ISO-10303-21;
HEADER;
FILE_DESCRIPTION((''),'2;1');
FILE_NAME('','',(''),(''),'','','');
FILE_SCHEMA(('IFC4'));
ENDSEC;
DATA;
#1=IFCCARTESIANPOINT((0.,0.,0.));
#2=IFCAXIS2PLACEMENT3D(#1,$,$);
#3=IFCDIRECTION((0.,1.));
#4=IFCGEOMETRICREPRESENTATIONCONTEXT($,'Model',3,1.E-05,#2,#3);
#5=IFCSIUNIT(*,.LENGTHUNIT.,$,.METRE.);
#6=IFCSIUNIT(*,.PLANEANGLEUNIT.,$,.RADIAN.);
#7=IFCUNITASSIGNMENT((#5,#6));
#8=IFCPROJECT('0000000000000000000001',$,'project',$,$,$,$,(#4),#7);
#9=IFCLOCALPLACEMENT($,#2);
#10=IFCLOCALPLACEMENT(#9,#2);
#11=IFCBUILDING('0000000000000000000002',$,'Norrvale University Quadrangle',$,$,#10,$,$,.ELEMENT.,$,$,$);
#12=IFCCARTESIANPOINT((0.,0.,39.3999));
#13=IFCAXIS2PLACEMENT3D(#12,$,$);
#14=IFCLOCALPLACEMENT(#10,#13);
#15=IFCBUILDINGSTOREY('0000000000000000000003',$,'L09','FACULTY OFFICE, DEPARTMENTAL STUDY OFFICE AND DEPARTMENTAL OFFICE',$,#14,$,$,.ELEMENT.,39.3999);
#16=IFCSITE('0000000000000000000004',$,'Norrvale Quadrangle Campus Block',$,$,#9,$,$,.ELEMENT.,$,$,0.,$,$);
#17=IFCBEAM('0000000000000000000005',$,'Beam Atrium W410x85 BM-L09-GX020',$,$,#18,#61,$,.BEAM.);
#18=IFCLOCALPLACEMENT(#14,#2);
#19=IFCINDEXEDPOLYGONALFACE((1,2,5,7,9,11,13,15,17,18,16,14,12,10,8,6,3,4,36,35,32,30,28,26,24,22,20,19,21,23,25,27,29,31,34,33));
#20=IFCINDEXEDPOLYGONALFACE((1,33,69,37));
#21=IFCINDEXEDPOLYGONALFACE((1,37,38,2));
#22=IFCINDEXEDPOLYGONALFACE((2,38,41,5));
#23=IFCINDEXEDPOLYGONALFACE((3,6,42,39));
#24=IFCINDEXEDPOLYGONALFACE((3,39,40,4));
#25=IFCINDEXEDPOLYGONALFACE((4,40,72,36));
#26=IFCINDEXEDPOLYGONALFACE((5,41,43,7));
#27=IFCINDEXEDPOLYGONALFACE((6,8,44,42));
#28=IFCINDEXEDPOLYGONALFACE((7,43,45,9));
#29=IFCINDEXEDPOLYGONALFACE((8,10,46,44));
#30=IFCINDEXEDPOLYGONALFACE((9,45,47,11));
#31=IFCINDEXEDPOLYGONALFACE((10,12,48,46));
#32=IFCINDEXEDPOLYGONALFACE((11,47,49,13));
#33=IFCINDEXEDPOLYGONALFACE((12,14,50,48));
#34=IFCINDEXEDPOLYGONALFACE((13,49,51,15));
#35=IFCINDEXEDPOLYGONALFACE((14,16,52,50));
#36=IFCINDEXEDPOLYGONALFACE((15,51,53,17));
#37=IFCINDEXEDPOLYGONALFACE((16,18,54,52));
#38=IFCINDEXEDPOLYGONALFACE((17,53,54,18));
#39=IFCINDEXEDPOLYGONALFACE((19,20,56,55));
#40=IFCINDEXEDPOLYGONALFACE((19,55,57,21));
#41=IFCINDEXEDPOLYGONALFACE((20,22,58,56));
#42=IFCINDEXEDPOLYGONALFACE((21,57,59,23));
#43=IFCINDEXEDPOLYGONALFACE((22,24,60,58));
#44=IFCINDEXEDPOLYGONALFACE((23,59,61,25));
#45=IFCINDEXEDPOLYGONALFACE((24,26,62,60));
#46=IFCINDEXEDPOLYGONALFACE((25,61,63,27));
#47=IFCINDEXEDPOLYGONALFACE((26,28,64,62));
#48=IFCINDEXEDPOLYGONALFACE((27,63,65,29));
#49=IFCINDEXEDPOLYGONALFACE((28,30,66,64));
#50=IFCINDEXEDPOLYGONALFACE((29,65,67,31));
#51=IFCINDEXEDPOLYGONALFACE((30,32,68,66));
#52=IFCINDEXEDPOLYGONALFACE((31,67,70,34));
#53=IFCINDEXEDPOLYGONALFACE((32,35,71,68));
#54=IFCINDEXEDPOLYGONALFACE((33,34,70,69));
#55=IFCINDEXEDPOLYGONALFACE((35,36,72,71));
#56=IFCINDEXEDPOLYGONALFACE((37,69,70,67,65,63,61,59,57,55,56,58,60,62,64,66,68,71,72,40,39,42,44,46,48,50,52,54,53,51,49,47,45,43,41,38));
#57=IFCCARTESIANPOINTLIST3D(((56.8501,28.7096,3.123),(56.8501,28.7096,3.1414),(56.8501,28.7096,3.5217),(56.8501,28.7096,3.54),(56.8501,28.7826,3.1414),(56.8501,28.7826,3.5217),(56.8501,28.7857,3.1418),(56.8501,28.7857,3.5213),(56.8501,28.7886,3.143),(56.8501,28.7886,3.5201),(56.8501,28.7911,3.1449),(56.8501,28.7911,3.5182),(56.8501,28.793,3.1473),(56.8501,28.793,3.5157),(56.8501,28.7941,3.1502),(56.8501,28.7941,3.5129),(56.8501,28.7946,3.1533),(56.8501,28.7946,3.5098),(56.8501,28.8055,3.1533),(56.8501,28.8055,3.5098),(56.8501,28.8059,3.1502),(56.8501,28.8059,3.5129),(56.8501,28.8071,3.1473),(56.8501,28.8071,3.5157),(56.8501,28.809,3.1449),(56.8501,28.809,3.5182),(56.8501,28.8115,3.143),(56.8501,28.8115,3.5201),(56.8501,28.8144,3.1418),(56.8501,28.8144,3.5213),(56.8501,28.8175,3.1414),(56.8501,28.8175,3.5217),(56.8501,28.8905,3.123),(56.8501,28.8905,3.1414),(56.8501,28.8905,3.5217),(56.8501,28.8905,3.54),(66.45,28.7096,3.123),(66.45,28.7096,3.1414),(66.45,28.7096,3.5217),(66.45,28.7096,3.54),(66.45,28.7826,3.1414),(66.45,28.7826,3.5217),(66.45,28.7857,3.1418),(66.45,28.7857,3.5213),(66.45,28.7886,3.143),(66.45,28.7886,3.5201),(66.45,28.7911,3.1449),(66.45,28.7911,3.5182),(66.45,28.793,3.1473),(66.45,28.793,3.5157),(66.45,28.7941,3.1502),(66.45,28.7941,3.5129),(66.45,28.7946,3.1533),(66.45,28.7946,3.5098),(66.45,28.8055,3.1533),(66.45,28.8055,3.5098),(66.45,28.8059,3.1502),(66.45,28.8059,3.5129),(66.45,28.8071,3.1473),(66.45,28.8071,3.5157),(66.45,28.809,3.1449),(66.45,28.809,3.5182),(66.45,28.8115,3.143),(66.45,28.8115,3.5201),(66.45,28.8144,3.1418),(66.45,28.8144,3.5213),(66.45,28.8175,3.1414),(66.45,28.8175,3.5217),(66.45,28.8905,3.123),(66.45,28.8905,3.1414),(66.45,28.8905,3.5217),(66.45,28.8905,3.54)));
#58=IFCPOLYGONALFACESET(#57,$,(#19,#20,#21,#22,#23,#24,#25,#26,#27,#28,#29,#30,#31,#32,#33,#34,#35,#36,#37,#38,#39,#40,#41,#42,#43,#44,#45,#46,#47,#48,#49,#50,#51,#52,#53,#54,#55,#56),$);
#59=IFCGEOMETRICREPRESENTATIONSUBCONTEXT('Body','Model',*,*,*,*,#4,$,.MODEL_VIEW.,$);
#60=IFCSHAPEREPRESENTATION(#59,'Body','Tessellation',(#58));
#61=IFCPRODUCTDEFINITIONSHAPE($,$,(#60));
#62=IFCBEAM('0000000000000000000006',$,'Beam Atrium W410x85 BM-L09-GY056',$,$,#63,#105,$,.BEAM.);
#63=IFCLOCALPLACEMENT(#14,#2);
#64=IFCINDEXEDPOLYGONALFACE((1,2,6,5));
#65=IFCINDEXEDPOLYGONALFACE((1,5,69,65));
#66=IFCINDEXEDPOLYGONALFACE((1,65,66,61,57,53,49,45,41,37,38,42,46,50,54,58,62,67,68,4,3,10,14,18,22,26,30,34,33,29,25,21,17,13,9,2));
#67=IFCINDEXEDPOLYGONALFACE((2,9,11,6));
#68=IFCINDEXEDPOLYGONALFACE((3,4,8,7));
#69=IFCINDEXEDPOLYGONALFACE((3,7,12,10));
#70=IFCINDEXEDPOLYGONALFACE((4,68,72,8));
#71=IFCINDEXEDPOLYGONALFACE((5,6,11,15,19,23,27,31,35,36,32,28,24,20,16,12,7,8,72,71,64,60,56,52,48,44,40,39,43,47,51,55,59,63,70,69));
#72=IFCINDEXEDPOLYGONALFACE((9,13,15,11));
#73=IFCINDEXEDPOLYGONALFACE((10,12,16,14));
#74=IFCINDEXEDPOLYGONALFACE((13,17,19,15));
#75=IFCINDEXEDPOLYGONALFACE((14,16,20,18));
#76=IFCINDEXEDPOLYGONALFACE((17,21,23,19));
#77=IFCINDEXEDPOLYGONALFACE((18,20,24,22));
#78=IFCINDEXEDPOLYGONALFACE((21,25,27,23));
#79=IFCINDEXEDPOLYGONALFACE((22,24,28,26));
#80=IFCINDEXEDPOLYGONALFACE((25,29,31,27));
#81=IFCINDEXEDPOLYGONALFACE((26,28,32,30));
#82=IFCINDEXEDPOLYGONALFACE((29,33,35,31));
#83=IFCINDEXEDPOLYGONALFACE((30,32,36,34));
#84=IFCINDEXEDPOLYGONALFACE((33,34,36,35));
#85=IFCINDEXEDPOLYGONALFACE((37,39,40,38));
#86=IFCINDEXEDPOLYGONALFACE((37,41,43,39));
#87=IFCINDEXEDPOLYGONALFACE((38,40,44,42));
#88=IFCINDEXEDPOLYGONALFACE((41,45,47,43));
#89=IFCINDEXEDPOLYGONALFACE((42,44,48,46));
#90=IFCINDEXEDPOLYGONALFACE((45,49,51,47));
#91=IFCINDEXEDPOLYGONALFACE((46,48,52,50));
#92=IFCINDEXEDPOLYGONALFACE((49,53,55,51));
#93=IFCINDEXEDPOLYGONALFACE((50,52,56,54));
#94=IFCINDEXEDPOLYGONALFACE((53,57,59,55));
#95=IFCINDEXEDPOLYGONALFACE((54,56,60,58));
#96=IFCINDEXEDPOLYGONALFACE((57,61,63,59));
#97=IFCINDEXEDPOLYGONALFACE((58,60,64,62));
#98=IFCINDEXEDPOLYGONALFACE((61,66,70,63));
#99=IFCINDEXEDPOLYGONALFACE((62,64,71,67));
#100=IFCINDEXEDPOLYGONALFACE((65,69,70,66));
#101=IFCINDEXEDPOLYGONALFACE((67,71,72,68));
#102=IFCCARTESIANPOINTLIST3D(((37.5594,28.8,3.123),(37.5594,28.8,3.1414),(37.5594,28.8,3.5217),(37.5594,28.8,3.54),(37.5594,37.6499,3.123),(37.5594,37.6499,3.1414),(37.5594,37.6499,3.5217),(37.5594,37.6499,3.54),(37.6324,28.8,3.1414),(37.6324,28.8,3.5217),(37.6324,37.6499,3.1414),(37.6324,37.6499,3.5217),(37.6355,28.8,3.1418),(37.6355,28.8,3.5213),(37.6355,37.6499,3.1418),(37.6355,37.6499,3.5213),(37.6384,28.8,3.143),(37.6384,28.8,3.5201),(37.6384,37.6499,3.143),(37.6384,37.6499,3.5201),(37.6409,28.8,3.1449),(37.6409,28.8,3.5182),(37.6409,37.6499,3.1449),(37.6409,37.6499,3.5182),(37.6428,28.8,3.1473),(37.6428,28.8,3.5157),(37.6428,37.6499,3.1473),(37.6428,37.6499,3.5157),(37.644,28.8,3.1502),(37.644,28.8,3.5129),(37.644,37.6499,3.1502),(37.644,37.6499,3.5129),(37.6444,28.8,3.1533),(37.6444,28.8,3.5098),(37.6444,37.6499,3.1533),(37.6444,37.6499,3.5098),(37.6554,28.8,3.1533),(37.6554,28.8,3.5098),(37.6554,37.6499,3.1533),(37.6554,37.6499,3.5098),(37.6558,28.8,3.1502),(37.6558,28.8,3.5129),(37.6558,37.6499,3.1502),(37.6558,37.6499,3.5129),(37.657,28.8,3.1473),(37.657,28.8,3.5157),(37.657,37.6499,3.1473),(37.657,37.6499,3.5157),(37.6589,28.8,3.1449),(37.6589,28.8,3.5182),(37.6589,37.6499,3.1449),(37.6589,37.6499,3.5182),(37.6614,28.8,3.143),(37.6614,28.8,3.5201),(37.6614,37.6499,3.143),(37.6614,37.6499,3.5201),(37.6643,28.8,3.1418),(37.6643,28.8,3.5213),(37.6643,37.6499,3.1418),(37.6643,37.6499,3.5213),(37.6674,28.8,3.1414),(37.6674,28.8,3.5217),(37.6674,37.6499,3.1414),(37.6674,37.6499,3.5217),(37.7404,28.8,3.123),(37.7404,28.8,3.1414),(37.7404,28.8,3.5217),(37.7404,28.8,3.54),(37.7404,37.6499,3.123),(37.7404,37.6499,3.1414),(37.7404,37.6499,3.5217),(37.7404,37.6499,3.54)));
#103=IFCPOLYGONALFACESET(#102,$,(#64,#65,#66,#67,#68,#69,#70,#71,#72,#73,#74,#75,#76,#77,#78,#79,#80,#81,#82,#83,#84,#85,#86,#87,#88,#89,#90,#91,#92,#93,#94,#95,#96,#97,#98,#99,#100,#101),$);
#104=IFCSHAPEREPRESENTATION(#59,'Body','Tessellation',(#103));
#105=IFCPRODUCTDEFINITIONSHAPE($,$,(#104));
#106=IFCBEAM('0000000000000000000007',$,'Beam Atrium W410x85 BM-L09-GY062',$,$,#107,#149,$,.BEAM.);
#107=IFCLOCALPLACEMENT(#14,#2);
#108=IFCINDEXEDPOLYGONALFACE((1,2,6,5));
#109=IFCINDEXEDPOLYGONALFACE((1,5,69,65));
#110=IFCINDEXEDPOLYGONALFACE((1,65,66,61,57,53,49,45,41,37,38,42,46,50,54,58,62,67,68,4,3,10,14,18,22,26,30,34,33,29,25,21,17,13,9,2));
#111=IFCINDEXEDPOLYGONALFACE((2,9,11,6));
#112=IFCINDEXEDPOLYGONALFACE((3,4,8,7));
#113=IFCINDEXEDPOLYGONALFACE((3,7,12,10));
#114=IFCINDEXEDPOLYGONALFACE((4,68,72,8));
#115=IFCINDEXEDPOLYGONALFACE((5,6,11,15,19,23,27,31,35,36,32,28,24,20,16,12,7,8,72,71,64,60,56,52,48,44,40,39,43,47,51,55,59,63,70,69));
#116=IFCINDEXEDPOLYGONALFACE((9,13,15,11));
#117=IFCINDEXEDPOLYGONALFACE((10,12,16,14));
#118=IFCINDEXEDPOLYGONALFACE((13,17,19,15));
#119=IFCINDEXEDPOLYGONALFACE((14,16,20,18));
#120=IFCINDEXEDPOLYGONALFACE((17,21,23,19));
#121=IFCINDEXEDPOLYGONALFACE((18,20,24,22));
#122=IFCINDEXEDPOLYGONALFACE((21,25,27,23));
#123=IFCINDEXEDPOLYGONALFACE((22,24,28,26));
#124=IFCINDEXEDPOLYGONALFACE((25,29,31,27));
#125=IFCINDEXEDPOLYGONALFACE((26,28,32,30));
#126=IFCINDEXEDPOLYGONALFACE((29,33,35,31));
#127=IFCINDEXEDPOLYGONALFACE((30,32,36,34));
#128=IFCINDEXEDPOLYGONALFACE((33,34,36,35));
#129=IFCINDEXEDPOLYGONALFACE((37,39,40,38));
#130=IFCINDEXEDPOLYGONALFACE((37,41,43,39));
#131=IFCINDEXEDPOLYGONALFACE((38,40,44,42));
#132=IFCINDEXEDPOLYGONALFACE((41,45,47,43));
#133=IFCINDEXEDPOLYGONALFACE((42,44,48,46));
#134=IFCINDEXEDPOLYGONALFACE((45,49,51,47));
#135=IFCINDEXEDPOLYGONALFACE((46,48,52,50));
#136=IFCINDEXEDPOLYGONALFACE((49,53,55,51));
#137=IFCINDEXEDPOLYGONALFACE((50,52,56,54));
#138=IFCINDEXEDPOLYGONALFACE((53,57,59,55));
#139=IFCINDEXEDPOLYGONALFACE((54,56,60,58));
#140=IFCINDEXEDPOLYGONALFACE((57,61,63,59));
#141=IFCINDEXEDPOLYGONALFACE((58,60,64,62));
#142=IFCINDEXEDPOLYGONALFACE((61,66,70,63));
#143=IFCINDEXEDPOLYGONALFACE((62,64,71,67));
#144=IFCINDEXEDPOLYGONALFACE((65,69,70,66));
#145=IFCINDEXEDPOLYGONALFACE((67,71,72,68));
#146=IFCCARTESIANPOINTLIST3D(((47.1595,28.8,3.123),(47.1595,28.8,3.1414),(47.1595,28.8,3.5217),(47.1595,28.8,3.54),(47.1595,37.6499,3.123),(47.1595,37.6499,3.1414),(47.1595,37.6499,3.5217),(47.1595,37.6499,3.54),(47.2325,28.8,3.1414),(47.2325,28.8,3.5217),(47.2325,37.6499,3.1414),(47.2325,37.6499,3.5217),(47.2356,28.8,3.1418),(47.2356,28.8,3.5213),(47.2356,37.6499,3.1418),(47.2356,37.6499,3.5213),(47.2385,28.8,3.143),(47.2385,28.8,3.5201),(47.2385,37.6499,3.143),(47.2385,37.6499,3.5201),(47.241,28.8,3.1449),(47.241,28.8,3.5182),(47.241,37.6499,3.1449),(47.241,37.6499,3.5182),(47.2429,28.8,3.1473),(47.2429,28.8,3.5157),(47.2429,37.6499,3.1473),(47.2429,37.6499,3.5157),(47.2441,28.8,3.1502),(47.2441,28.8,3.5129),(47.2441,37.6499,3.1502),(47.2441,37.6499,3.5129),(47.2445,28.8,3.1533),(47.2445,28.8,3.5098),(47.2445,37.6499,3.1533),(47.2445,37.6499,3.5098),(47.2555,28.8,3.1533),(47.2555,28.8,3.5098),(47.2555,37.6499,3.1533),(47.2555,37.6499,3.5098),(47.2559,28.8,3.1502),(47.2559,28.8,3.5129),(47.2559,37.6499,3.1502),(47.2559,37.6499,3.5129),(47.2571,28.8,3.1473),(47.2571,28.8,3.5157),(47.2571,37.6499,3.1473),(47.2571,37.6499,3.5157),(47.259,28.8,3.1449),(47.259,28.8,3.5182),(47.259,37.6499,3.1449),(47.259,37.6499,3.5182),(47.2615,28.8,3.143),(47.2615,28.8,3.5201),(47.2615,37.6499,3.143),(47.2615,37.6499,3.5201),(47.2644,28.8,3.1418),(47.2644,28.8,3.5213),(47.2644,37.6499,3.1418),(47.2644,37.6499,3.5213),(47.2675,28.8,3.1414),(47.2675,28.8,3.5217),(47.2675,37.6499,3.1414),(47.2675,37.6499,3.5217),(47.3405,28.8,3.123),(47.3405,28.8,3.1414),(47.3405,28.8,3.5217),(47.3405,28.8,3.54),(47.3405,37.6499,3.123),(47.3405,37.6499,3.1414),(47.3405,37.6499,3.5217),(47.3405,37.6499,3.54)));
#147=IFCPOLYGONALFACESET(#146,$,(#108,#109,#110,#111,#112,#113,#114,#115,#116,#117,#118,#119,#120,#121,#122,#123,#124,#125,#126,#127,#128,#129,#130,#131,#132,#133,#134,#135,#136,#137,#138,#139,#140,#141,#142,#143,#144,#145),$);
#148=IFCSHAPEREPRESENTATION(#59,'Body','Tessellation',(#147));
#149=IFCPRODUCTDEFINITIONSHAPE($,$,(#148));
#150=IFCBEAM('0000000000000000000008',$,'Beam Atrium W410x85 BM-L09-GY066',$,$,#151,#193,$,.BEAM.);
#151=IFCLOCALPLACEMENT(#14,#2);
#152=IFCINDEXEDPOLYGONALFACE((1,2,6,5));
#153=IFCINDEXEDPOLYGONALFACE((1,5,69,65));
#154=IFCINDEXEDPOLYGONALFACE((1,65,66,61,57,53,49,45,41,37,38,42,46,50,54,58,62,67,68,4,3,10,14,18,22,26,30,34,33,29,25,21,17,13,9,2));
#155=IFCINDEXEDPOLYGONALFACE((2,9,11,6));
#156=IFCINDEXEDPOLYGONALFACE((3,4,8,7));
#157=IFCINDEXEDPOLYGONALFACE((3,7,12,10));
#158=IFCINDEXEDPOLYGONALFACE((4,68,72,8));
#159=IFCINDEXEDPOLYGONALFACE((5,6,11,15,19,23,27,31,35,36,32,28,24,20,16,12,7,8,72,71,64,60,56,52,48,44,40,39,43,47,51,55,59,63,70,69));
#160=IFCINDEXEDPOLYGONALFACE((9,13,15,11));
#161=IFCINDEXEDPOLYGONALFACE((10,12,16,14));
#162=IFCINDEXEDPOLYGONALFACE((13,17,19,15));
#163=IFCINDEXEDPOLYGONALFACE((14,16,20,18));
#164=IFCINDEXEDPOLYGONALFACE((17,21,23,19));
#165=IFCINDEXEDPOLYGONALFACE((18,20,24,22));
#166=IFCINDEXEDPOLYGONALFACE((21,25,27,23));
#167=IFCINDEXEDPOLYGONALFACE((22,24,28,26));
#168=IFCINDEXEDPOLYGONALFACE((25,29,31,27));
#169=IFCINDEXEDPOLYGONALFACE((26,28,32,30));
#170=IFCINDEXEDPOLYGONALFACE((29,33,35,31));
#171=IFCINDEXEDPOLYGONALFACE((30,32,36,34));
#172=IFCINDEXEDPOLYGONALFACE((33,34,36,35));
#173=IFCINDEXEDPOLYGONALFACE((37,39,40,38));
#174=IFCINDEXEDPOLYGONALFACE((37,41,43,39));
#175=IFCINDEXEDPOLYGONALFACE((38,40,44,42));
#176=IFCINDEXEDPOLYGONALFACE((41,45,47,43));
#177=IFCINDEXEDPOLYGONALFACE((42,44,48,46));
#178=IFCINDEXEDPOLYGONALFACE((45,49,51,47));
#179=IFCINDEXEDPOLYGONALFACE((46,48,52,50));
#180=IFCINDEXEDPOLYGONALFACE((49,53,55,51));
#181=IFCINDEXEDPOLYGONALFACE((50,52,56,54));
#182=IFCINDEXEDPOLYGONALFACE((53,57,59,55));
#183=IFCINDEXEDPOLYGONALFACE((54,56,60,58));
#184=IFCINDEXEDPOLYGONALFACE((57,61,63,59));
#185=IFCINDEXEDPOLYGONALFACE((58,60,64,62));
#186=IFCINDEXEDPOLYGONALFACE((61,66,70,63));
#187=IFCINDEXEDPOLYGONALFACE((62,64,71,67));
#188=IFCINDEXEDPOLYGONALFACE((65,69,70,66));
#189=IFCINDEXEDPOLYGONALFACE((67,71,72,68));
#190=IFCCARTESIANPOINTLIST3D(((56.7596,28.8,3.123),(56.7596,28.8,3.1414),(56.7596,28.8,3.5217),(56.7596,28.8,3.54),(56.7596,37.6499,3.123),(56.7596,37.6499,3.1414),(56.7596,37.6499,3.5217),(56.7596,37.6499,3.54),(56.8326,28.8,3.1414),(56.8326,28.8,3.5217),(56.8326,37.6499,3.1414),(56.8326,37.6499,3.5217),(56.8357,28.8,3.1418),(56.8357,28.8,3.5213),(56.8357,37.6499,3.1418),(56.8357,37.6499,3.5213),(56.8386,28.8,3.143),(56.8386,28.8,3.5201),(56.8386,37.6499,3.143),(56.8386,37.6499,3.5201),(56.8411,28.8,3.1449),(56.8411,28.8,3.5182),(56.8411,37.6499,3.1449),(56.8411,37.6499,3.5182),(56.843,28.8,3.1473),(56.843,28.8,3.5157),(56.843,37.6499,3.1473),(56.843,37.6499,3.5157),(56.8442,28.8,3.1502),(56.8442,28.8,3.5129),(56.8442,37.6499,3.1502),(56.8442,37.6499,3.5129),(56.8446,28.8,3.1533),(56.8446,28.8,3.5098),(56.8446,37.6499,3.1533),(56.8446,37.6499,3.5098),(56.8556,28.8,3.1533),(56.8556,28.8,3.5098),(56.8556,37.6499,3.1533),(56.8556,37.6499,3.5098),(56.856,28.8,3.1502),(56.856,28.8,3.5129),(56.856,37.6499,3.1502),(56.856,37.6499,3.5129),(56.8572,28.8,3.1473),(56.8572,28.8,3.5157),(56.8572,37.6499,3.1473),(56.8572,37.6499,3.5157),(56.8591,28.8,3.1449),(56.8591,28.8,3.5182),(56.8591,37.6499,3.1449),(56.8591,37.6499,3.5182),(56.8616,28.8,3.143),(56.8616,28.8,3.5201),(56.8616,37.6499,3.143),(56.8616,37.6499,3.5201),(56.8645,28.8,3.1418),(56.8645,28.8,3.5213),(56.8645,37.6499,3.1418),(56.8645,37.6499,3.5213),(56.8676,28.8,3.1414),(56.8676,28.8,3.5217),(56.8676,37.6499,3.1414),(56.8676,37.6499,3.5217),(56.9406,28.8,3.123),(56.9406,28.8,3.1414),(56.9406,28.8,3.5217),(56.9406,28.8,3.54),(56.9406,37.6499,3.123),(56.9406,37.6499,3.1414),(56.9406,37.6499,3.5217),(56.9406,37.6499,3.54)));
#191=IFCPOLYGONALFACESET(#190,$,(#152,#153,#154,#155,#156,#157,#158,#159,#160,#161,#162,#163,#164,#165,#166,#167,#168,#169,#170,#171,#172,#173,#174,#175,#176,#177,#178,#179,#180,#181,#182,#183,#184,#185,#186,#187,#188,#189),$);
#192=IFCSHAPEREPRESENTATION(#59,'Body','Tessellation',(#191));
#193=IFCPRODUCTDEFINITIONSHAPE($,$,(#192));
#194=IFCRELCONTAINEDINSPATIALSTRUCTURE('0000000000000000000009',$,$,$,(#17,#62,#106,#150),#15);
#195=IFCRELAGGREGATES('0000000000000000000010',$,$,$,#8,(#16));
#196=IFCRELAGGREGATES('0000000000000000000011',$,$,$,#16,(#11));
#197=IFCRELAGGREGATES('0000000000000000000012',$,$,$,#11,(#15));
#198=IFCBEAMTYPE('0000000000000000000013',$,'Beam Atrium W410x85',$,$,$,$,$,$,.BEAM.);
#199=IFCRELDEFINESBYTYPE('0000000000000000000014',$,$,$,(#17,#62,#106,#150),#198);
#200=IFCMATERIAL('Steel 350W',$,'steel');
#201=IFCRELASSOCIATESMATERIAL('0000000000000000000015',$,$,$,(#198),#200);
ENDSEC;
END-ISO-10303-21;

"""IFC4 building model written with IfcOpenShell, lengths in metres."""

from ifc_helpers import new_model, si_unit, direction, frame, origin, origin_2d, place, context, subcontext, project, spatial, i_section, extrude, material, material_profile, profile_set, type_object, element, save


model = new_model("IFC4")

# Units and contexts
model_context = context("Model", 3, precision=1e-05, world=origin(), true_north=direction((0.0, 1.0)))
body_context = subcontext(model_context, "Body", "Model", "MODEL_VIEW")
ifc_project = project(units=[si_unit("LENGTHUNIT", "METRE"), si_unit("PLANEANGLEUNIT", "RADIAN")], contexts=[model_context])

# Site, building, storey
site_placement = place(None, origin())
site = spatial("IfcSite", under=ifc_project, at=site_placement, Name="Norrvale Quadrangle Campus Block", CompositionType="ELEMENT", RefElevation=0.0)
building_placement = place(site_placement, origin())
building = spatial("IfcBuilding", under=site, at=building_placement, Name="Norrvale University Quadrangle", CompositionType="ELEMENT")
storey_placement = place(building_placement, frame((0.0, 0.0, 39.3999)))
storey = spatial("IfcBuildingStorey", under=building, at=storey_placement, Name="L09", Description="FACULTY OFFICE, DEPARTMENTAL STUDY OFFICE AND DEPARTMENTAL OFFICE", CompositionType="ELEMENT", Elevation=39.3999)

# Beams
ifc_material_1 = material(Name="Steel 350W", Category="steel")
ifc_material_profile_1 = material_profile(ifc_material_1, i_section(OverallWidth=0.1809, OverallDepth=0.417, WebThickness=0.011, FlangeThickness=0.0183, FilletRadius=0.012, at=origin_2d()), Name="Steel 350W")
ifc_profile_set_1 = profile_set([ifc_material_profile_1], Name="Steel 350W")
beam_type_1 = type_object("IfcBeamType", Name="Beam Atrium W410x85", PredefinedType="BEAM", material=ifc_profile_set_1)
beam_1_placement = place(storey_placement, frame((56.8501, 28.8, 3.3315), z_axis=(1.0, 0.0, 0.0), x_axis=(0.0, 1.0, 0.0)))
element("IfcBeam", 1, at=beam_1_placement, inside=storey, type_object=beam_type_1, Name="Beam Atrium W410x85 BM-L09-GX020", PredefinedType="BEAM", context=body_context, shape_type="SweptSolid", body=[
    extrude(i_section(OverallWidth=0.1809, OverallDepth=0.417, WebThickness=0.011, FlangeThickness=0.0183, FilletRadius=0.012, at=origin_2d()), origin(), (0.0, 0.0, 1.0), 9.5999),
])
for number, where, z_axis, x_axis, name in (
    (2, (37.6499, 28.8, 3.3315), (0.0, 1.0, 0.0), (-1.0, 0.0, 0.0), "Beam Atrium W410x85 BM-L09-GY056"),
    (3, (47.25, 28.8, 3.3315), (0.0, 1.0, 0.0), (-1.0, 0.0, 0.0), "Beam Atrium W410x85 BM-L09-GY062"),
    (4, (56.8501, 28.8, 3.3315), (0.0, 1.0, 0.0), (-1.0, 0.0, 0.0), "Beam Atrium W410x85 BM-L09-GY066"),
):
    element("IfcBeam", number, at=place(storey_placement, frame(where, z_axis=z_axis, x_axis=x_axis)), inside=storey, type_object=beam_type_1, Name=name, PredefinedType="BEAM", context=body_context, shape_type="SweptSolid", body=[
        extrude(i_section(OverallWidth=0.1809, OverallDepth=0.417, WebThickness=0.011, FlangeThickness=0.0183, FilletRadius=0.012, at=origin_2d()), origin(), (0.0, 0.0, 1.0), 8.8499),
    ])

save(model, "model.ifc")
